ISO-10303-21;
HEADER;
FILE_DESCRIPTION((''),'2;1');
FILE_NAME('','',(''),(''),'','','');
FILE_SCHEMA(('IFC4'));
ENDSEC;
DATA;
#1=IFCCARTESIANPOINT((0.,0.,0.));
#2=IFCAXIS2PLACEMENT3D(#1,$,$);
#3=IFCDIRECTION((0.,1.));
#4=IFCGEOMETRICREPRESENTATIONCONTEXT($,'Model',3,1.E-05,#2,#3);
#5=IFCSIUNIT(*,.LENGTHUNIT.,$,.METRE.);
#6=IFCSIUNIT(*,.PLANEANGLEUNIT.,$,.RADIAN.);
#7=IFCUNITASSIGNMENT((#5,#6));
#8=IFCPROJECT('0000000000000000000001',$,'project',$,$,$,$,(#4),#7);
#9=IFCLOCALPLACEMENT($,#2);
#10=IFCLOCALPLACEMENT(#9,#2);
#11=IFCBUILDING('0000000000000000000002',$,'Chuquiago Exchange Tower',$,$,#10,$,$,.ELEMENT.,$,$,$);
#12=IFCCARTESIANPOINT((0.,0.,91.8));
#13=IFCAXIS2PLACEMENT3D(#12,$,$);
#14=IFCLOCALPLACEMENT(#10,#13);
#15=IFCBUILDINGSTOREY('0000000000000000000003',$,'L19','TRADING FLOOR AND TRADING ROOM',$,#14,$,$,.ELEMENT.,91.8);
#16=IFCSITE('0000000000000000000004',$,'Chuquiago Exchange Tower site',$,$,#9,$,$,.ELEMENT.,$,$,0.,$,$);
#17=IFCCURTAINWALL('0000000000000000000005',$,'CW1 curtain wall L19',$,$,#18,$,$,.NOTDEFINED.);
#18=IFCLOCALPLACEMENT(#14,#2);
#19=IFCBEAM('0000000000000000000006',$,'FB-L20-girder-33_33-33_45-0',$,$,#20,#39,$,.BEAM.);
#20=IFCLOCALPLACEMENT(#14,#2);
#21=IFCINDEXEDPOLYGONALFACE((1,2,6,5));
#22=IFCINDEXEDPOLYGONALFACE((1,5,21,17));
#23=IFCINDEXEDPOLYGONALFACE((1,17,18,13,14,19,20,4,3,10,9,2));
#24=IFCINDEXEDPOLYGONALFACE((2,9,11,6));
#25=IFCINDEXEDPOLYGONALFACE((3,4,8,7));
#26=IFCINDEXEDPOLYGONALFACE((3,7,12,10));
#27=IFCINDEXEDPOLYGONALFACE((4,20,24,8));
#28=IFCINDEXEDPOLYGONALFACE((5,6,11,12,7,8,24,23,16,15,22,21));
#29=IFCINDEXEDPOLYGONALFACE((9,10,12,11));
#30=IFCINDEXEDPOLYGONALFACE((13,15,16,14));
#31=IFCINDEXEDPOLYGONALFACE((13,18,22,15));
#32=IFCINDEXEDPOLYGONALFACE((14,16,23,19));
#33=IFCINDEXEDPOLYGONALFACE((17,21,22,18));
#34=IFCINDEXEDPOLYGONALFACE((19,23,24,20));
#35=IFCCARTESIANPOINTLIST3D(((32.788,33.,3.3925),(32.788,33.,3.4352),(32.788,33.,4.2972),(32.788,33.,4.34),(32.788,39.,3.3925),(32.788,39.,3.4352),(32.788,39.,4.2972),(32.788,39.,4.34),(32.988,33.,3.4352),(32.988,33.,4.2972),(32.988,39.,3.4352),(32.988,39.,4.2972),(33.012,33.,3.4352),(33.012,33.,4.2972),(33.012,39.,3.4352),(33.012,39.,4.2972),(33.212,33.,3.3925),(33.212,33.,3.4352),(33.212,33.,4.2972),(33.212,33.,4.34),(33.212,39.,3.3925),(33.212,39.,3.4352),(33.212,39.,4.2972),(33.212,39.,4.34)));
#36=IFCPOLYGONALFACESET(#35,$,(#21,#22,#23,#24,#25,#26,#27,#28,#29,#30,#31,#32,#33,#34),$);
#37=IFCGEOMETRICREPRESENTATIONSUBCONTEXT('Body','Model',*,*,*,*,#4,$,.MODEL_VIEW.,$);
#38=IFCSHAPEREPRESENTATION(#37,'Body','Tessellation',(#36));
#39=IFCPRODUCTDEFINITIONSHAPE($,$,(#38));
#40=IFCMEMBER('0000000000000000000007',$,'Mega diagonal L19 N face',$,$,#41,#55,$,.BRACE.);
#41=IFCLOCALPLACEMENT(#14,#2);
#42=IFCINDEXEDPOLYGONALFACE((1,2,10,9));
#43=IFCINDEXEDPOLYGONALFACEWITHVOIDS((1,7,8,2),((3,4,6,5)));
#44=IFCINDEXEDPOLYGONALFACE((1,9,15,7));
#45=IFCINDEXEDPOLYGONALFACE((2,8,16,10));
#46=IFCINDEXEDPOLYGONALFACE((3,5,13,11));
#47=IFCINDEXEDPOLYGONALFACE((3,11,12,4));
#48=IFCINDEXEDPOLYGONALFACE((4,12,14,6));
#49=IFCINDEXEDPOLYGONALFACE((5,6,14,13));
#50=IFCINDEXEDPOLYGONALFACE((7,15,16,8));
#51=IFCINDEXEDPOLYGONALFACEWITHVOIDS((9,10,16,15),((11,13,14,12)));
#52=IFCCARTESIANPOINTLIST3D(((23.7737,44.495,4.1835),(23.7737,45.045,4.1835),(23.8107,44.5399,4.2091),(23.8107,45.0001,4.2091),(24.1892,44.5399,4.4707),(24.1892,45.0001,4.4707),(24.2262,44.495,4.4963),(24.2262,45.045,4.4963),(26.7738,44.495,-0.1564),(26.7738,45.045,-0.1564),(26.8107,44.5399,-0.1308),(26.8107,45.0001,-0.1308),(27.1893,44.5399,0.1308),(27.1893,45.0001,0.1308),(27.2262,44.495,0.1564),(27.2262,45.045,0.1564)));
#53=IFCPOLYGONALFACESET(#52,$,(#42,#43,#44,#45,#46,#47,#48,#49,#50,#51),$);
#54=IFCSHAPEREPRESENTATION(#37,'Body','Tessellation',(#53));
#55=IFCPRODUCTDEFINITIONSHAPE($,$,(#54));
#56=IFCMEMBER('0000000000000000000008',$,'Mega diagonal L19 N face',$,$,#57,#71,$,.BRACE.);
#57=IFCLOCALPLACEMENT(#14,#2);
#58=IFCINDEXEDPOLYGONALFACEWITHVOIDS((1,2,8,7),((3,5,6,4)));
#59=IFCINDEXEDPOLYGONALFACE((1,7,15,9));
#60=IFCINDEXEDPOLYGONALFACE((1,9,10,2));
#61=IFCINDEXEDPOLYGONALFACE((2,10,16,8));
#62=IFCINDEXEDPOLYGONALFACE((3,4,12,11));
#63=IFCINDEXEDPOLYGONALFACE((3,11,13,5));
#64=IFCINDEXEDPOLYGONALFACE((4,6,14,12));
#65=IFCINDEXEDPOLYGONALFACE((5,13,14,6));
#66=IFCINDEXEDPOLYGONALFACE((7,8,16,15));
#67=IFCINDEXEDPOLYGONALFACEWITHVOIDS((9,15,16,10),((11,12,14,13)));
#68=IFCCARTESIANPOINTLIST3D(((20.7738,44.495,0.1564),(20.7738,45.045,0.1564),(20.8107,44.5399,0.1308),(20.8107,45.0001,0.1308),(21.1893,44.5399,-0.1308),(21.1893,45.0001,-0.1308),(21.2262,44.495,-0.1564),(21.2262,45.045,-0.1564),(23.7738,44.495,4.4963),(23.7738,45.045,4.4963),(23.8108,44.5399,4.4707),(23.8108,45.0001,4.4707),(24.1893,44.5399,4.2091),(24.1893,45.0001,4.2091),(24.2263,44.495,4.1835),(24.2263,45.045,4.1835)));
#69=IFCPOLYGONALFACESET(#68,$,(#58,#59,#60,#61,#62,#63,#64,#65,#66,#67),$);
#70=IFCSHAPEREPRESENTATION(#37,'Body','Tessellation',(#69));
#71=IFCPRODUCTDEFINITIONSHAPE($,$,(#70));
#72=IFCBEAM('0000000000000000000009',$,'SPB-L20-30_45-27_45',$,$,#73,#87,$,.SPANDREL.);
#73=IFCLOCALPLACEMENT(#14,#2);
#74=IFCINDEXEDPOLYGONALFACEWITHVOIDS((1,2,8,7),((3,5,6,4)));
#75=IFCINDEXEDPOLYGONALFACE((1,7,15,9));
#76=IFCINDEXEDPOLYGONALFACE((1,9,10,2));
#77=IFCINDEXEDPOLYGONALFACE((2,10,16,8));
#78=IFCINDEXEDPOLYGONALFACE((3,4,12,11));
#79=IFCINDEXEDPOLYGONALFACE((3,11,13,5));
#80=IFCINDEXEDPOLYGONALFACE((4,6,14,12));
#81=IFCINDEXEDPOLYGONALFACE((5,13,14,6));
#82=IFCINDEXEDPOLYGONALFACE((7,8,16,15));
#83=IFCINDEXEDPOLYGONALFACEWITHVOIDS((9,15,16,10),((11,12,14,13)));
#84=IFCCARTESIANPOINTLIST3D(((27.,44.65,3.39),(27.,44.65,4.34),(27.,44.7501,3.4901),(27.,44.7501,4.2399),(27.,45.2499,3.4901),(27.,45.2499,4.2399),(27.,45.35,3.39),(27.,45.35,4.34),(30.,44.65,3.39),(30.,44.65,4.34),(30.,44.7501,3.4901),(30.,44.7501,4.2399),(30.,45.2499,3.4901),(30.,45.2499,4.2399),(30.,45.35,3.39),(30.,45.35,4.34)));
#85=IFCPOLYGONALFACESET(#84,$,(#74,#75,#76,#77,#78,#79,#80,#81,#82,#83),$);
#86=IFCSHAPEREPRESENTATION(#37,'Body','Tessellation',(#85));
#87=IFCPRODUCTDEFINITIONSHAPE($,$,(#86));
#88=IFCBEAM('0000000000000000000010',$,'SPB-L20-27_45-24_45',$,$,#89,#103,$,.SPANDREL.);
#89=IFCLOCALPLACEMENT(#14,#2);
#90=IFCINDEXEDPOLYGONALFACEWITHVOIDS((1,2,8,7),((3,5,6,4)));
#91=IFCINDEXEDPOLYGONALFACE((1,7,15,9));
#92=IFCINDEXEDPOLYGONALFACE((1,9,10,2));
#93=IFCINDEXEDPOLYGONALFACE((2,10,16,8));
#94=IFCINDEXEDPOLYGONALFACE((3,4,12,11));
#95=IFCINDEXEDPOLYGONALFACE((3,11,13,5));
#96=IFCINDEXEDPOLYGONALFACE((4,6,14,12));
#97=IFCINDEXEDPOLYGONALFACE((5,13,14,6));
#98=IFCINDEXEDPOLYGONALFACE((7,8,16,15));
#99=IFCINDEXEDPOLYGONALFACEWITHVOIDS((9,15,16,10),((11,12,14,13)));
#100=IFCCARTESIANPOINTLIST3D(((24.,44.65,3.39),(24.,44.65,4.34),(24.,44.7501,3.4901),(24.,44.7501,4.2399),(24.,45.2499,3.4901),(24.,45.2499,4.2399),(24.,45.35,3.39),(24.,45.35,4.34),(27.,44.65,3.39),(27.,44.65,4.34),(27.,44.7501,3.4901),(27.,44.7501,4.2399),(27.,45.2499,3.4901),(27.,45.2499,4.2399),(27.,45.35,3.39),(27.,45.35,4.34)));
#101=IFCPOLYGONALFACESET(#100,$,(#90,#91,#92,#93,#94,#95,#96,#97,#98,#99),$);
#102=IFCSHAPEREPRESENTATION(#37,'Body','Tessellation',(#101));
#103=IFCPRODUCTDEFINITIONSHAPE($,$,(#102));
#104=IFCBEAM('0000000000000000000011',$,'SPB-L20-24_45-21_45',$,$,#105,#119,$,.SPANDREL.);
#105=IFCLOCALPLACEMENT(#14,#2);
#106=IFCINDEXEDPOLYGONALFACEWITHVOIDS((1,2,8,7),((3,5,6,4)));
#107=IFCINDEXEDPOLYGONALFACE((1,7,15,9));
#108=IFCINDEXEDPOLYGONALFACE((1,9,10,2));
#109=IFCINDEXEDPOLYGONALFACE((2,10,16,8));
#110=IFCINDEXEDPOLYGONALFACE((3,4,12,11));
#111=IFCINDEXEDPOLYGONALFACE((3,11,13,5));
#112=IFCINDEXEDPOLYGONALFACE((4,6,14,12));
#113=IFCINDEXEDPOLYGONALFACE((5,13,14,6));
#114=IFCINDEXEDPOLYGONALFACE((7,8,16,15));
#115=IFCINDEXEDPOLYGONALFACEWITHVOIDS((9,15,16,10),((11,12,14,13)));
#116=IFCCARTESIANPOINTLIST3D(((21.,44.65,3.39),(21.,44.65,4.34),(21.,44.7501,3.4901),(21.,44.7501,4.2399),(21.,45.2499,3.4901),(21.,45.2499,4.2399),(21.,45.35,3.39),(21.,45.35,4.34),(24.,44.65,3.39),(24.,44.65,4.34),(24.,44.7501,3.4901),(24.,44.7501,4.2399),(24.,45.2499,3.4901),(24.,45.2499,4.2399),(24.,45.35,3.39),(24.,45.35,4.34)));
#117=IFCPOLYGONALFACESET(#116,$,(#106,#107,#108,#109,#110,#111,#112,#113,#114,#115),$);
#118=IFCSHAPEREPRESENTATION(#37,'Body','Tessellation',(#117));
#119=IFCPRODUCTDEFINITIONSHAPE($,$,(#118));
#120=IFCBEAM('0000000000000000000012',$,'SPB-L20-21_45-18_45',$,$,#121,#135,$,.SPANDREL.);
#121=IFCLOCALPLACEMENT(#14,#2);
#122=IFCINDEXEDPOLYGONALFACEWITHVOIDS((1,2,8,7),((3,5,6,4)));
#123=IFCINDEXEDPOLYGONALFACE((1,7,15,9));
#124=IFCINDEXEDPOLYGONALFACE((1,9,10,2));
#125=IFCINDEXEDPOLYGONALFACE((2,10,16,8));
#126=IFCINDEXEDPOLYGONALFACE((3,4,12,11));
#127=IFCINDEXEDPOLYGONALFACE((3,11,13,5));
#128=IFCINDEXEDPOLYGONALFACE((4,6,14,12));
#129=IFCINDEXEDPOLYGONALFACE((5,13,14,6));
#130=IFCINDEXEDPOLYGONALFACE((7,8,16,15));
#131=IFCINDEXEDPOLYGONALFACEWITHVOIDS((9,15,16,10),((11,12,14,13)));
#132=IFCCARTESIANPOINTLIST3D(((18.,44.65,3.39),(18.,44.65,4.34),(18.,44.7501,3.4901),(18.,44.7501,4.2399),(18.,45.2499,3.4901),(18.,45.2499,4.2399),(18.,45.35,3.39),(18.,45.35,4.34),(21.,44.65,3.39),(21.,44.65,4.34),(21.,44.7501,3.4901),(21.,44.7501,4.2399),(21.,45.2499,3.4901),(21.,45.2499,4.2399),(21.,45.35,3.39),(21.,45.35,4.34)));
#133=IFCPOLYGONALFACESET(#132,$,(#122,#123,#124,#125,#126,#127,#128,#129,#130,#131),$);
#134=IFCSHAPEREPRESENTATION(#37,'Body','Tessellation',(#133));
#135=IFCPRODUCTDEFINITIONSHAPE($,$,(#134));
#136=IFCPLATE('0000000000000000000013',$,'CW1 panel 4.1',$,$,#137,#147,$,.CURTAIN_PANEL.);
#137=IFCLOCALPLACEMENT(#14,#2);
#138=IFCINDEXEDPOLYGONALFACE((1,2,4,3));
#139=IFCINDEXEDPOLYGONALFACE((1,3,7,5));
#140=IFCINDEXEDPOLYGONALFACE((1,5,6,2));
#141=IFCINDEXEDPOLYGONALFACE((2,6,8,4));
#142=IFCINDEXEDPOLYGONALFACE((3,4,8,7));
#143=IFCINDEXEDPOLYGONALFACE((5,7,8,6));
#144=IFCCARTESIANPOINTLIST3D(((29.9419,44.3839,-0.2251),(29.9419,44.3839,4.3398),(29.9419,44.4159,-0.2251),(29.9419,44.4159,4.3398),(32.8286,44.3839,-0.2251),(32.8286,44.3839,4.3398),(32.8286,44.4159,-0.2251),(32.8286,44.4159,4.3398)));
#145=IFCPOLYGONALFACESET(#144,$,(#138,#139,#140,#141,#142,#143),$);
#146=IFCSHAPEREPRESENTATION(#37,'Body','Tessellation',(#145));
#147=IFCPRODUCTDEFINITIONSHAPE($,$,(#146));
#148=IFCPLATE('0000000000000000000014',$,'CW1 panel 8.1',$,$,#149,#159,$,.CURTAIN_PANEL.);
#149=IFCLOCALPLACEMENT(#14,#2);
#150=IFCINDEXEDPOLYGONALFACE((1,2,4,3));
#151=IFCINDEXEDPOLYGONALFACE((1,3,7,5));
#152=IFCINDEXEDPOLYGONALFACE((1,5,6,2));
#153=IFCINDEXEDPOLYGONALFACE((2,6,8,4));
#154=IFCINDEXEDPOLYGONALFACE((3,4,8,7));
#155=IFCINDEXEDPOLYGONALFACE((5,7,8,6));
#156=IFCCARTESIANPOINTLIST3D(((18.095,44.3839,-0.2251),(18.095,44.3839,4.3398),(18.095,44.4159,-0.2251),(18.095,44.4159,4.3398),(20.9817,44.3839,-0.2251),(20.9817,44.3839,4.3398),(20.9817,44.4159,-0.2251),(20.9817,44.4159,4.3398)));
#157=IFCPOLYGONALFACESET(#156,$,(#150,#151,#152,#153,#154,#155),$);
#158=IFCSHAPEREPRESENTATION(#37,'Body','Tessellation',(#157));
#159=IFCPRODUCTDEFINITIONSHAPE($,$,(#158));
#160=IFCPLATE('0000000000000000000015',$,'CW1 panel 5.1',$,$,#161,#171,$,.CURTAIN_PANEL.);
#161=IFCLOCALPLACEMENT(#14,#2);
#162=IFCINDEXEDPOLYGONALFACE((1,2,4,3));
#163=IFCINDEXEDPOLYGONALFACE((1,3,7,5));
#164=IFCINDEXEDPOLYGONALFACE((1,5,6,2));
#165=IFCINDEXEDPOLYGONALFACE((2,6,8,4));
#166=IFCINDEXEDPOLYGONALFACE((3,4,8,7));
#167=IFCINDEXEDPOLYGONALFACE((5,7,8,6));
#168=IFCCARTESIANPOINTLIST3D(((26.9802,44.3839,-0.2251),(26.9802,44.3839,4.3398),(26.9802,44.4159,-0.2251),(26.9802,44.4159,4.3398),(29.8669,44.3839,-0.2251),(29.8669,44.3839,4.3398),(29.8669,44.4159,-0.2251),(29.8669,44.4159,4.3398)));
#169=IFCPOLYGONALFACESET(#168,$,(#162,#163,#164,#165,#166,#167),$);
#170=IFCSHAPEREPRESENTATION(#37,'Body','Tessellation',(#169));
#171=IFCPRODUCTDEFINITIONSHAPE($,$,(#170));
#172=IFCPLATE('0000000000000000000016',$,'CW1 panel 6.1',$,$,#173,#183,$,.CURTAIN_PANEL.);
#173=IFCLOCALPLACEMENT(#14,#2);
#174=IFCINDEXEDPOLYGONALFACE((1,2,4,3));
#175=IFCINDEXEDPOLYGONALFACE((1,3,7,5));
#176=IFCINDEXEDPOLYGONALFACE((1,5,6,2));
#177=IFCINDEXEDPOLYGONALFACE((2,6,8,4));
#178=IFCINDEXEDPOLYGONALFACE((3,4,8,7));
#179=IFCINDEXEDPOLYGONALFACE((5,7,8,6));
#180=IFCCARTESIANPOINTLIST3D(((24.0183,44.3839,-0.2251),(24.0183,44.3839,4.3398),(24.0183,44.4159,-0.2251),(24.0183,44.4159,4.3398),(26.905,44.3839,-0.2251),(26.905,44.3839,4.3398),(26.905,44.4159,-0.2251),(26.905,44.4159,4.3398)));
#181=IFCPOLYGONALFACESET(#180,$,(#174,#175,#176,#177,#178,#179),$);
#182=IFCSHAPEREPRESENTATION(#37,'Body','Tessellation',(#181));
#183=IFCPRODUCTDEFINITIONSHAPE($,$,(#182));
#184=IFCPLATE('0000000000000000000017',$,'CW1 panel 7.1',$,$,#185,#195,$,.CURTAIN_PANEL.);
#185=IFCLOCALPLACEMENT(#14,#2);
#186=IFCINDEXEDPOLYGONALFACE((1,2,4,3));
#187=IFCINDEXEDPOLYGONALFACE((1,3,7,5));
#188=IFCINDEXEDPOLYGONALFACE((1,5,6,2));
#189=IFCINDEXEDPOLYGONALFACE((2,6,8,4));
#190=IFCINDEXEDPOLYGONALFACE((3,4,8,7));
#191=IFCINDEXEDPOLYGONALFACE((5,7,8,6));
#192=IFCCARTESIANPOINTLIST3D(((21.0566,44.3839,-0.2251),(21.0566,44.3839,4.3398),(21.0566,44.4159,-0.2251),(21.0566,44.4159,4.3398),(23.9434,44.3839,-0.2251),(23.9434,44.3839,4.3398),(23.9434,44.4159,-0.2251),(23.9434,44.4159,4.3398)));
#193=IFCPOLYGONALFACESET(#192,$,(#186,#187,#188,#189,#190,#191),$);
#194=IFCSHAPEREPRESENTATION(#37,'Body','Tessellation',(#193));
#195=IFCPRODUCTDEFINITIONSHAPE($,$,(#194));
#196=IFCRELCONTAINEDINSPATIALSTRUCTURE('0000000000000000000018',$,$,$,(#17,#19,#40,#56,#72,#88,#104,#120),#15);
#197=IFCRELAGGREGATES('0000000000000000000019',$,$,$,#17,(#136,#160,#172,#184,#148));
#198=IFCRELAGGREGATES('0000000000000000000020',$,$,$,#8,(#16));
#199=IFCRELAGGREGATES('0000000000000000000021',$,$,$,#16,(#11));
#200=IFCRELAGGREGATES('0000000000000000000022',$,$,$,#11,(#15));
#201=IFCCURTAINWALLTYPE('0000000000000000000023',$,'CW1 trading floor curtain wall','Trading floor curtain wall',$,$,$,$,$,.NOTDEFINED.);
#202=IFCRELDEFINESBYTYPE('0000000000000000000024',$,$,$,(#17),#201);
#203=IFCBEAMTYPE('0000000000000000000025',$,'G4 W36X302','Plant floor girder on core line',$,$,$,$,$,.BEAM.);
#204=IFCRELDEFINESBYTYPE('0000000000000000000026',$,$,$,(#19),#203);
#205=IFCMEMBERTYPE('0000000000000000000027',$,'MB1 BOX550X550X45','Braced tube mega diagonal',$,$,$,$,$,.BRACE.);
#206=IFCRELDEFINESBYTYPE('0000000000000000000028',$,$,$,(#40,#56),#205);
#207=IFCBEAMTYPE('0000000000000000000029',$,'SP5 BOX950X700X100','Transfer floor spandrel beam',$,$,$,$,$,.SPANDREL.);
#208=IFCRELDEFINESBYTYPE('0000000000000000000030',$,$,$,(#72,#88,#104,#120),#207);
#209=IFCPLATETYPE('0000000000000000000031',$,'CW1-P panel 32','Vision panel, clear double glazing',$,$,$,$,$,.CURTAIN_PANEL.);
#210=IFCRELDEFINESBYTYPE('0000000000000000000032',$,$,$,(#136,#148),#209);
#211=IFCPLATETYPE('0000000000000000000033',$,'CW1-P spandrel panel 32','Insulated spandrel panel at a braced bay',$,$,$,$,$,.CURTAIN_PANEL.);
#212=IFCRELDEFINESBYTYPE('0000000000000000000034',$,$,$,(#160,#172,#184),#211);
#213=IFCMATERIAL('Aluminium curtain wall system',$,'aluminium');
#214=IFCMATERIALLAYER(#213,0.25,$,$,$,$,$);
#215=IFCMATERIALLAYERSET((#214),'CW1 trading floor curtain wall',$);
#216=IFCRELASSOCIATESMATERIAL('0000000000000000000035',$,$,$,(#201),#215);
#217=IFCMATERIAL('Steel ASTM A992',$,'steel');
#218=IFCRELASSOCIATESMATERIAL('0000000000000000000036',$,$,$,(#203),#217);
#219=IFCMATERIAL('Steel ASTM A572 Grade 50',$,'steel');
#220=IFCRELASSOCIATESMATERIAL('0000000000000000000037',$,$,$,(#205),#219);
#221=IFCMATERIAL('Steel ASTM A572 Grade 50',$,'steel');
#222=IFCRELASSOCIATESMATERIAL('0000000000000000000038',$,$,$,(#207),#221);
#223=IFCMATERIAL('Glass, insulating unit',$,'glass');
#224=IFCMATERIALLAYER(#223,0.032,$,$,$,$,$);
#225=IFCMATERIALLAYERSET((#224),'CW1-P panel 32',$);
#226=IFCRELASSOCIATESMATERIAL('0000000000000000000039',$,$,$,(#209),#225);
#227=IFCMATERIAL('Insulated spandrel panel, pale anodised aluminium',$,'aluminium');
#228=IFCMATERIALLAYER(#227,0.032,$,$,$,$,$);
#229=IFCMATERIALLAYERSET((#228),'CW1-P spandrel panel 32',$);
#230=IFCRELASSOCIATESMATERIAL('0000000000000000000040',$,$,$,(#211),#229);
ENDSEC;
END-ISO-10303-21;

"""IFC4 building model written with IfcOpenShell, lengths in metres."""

from ifc_helpers import new_model, si_unit, direction, frame, origin, origin_2d, place, context, subcontext, project, spatial, rectangle, hollow_rectangle, i_section, extrude, material, layer, layer_set, material_profile, profile_set, type_object, element, aggregate, save


model = new_model("IFC4")

# Units and contexts
model_context = context("Model", 3, precision=1e-05, world=origin(), true_north=direction((0.0, 1.0)))
body_context = subcontext(model_context, "Body", "Model", "MODEL_VIEW")
ifc_project = project(units=[si_unit("LENGTHUNIT", "METRE"), si_unit("PLANEANGLEUNIT", "RADIAN")], contexts=[model_context])

# Site, building, storey
site_placement = place(None, origin())
site = spatial("IfcSite", under=ifc_project, at=site_placement, Name="Chuquiago Exchange Tower site", CompositionType="ELEMENT", RefElevation=0.0)
building_placement = place(site_placement, origin())
building = spatial("IfcBuilding", under=site, at=building_placement, Name="Chuquiago Exchange Tower", CompositionType="ELEMENT")
storey_placement = place(building_placement, frame((0.0, 0.0, 91.8)))
storey = spatial("IfcBuildingStorey", under=building, at=storey_placement, Name="L19", Description="TRADING FLOOR AND TRADING ROOM", CompositionType="ELEMENT", Elevation=91.8)

# Curtain wall
ifc_material_1 = material(Name="Aluminium curtain wall system", Category="aluminium")
ifc_layer_1 = layer(ifc_material_1, 0.25)
ifc_layer_set_1 = layer_set([ifc_layer_1], Name="CW1 trading floor curtain wall")
curtain_wall_type = type_object("IfcCurtainWallType", Name="CW1 trading floor curtain wall", Description="Trading floor curtain wall", PredefinedType="NOTDEFINED", material=ifc_layer_set_1)
curtain_wall_placement = place(storey_placement, origin())
curtain_wall = element("IfcCurtainWall", 1, at=curtain_wall_placement, inside=storey, type_object=curtain_wall_type, Name="CW1 curtain wall L19", PredefinedType="NOTDEFINED")

# Beam
ifc_material_2 = material(Name="Steel ASTM A992", Category="steel")
ifc_material_profile_1 = material_profile(ifc_material_2, i_section(OverallWidth=0.4241, OverallDepth=0.9475, WebThickness=0.0239, FlangeThickness=0.0427, at=origin_2d()), Name="W36X302")
ifc_profile_set_1 = profile_set([ifc_material_profile_1], Name="Steel ASTM A992")
beam_type_1 = type_object("IfcBeamType", Name="G4 W36X302", Description="Plant floor girder on core line", PredefinedType="BEAM", material=ifc_profile_set_1)
beam_1_placement = place(storey_placement, frame((33.0, 33.0, 3.8662), z_axis=(0.0, 1.0, 0.0), x_axis=(-1.0, 0.0, 0.0)))
element("IfcBeam", 2, at=beam_1_placement, inside=storey, type_object=beam_type_1, Name="FB-L20-girder-33_33-33_45-0", PredefinedType="BEAM", context=body_context, shape_type="SweptSolid", body=[
    extrude(i_section(OverallWidth=0.4241, OverallDepth=0.9475, WebThickness=0.0239, FlangeThickness=0.0427, at=origin_2d()), origin(), (0.0, 0.0, 1.0), 6.0),
])

# Members
ifc_material_3 = material(Name="Steel ASTM A572 Grade 50", Category="steel")
ifc_material_profile_2 = material_profile(ifc_material_3, hollow_rectangle(XDim=0.55, YDim=0.55, WallThickness=0.0449, at=origin_2d()), Name="BOX550X550X45")
ifc_profile_set_2 = profile_set([ifc_material_profile_2], Name="Steel ASTM A572 Grade 50")
member_type_1 = type_object("IfcMemberType", Name="MB1 BOX550X550X45", Description="Braced tube mega diagonal", PredefinedType="BRACE", material=ifc_profile_set_2)
for number, where, z_axis, x_axis, name in (
    (3, (27.0, 44.77, 0.0), (-0.568632, 0.0, 0.822592), (0.0, -1.0, 0.0), "Mega diagonal L19 N face"),
    (4, (21.0, 44.77, 0.0), (0.568632, 0.0, 0.822592), (0.0, 1.0, 0.0), "Mega diagonal L19 N face"),
):
    element("IfcMember", number, at=place(storey_placement, frame(where, z_axis=z_axis, x_axis=x_axis)), inside=storey, type_object=member_type_1, Name=name, PredefinedType="BRACE", context=body_context, shape_type="SweptSolid", body=[
        extrude(hollow_rectangle(XDim=0.55, YDim=0.55, WallThickness=0.0449, at=origin_2d()), origin(), (0.0, 0.0, 1.0), 5.2759),
    ])

# Beams
ifc_material_4 = material(Name="Steel ASTM A572 Grade 50", Category="steel")
ifc_material_profile_3 = material_profile(ifc_material_4, hollow_rectangle(XDim=0.7, YDim=0.95, WallThickness=0.1001, at=origin_2d()), Name="BOX950X700X100")
ifc_profile_set_3 = profile_set([ifc_material_profile_3], Name="Steel ASTM A572 Grade 50")
beam_type_2 = type_object("IfcBeamType", Name="SP5 BOX950X700X100", Description="Transfer floor spandrel beam", PredefinedType="SPANDREL", material=ifc_profile_set_3)
for number, where, z_axis, x_axis, name in (
    (5, (30.0, 45.0, 3.865), (-1.0, 0.0, 0.0), (0.0, -1.0, 0.0), "SPB-L20-30_45-27_45"),
    (6, (27.0, 45.0, 3.865), (-1.0, 0.0, 0.0), (0.0, -1.0, 0.0), "SPB-L20-27_45-24_45"),
    (7, (24.0, 45.0, 3.865), (-1.0, 0.0, 0.0), (0.0, -1.0, 0.0), "SPB-L20-24_45-21_45"),
    (8, (21.0, 45.0, 3.865), (-1.0, 0.0, 0.0), (0.0, -1.0, 0.0), "SPB-L20-21_45-18_45"),
):
    element("IfcBeam", number, at=place(storey_placement, frame(where, z_axis=z_axis, x_axis=x_axis)), inside=storey, type_object=beam_type_2, Name=name, PredefinedType="SPANDREL", context=body_context, shape_type="SweptSolid", body=[
        extrude(hollow_rectangle(XDim=0.7, YDim=0.95, WallThickness=0.1001, at=origin_2d()), origin(), (0.0, 0.0, 1.0), 3.0),
    ])

# Plates
ifc_material_5 = material(Name="Glass, insulating unit", Category="glass")
ifc_layer_2 = layer(ifc_material_5, 0.032)
ifc_layer_set_2 = layer_set([ifc_layer_2], Name="CW1-P panel 32")
plate_type_1 = type_object("IfcPlateType", Name="CW1-P panel 32", Description="Vision panel, clear double glazing", PredefinedType="CURTAIN_PANEL", material=ifc_layer_set_2)
plate_1_placement = place(storey_placement, frame((31.3853, 44.3999, -0.2251), z_axis=(0.0, 0.0, 1.0), x_axis=(-1.0, 0.0, 0.0)))
plate_1 = element("IfcPlate", 9, at=plate_1_placement, type_object=plate_type_1, Name="CW1 panel 4.1", PredefinedType="CURTAIN_PANEL", context=body_context, shape_type="SweptSolid", body=[
    extrude(rectangle(XDim=2.8867, YDim=0.032, at=origin_2d()), origin(), (0.0, 0.0, 1.0), 4.5649),
])
plate_2_placement = place(storey_placement, frame((19.5383, 44.3999, -0.2251), z_axis=(0.0, 0.0, 1.0), x_axis=(-1.0, 0.0, 0.0)))
plate_2 = element("IfcPlate", 10, at=plate_2_placement, type_object=plate_type_1, Name="CW1 panel 8.1", PredefinedType="CURTAIN_PANEL", context=body_context, shape_type="SweptSolid", body=[
    extrude(rectangle(XDim=2.8867, YDim=0.032, at=origin_2d()), origin(), (0.0, 0.0, 1.0), 4.5649),
])
ifc_material_6 = material(Name="Insulated spandrel panel, pale anodised aluminium", Category="aluminium")
ifc_layer_3 = layer(ifc_material_6, 0.032)
ifc_layer_set_3 = layer_set([ifc_layer_3], Name="CW1-P spandrel panel 32")
plate_type_2 = type_object("IfcPlateType", Name="CW1-P spandrel panel 32", Description="Insulated spandrel panel at a braced bay", PredefinedType="CURTAIN_PANEL", material=ifc_layer_set_3)
plate_3_placement = place(storey_placement, frame((28.4236, 44.3999, -0.2251), z_axis=(0.0, 0.0, 1.0), x_axis=(-1.0, 0.0, 0.0)))
plate_3 = element("IfcPlate", 11, at=plate_3_placement, type_object=plate_type_2, Name="CW1 panel 5.1", PredefinedType="CURTAIN_PANEL", context=body_context, shape_type="SweptSolid", body=[
    extrude(rectangle(XDim=2.8867, YDim=0.032, at=origin_2d()), origin(), (0.0, 0.0, 1.0), 4.5649),
])
plate_4_placement = place(storey_placement, frame((25.4617, 44.3999, -0.2251), z_axis=(0.0, 0.0, 1.0), x_axis=(-1.0, 0.0, 0.0)))
plate_4 = element("IfcPlate", 12, at=plate_4_placement, type_object=plate_type_2, Name="CW1 panel 6.1", PredefinedType="CURTAIN_PANEL", context=body_context, shape_type="SweptSolid", body=[
    extrude(rectangle(XDim=2.8867, YDim=0.032, at=origin_2d()), origin(), (0.0, 0.0, 1.0), 4.5649),
])
plate_5_placement = place(storey_placement, frame((22.5, 44.3999, -0.2251), z_axis=(0.0, 0.0, 1.0), x_axis=(-1.0, 0.0, 0.0)))
plate_5 = element("IfcPlate", 13, at=plate_5_placement, type_object=plate_type_2, Name="CW1 panel 7.1", PredefinedType="CURTAIN_PANEL", context=body_context, shape_type="SweptSolid", body=[
    extrude(rectangle(XDim=2.8867, YDim=0.032, at=origin_2d()), origin(), (0.0, 0.0, 1.0), 4.5649),
])
aggregate(curtain_wall, [plate_1, plate_3, plate_4, plate_5, plate_2])

save(model, "model.ifc")
